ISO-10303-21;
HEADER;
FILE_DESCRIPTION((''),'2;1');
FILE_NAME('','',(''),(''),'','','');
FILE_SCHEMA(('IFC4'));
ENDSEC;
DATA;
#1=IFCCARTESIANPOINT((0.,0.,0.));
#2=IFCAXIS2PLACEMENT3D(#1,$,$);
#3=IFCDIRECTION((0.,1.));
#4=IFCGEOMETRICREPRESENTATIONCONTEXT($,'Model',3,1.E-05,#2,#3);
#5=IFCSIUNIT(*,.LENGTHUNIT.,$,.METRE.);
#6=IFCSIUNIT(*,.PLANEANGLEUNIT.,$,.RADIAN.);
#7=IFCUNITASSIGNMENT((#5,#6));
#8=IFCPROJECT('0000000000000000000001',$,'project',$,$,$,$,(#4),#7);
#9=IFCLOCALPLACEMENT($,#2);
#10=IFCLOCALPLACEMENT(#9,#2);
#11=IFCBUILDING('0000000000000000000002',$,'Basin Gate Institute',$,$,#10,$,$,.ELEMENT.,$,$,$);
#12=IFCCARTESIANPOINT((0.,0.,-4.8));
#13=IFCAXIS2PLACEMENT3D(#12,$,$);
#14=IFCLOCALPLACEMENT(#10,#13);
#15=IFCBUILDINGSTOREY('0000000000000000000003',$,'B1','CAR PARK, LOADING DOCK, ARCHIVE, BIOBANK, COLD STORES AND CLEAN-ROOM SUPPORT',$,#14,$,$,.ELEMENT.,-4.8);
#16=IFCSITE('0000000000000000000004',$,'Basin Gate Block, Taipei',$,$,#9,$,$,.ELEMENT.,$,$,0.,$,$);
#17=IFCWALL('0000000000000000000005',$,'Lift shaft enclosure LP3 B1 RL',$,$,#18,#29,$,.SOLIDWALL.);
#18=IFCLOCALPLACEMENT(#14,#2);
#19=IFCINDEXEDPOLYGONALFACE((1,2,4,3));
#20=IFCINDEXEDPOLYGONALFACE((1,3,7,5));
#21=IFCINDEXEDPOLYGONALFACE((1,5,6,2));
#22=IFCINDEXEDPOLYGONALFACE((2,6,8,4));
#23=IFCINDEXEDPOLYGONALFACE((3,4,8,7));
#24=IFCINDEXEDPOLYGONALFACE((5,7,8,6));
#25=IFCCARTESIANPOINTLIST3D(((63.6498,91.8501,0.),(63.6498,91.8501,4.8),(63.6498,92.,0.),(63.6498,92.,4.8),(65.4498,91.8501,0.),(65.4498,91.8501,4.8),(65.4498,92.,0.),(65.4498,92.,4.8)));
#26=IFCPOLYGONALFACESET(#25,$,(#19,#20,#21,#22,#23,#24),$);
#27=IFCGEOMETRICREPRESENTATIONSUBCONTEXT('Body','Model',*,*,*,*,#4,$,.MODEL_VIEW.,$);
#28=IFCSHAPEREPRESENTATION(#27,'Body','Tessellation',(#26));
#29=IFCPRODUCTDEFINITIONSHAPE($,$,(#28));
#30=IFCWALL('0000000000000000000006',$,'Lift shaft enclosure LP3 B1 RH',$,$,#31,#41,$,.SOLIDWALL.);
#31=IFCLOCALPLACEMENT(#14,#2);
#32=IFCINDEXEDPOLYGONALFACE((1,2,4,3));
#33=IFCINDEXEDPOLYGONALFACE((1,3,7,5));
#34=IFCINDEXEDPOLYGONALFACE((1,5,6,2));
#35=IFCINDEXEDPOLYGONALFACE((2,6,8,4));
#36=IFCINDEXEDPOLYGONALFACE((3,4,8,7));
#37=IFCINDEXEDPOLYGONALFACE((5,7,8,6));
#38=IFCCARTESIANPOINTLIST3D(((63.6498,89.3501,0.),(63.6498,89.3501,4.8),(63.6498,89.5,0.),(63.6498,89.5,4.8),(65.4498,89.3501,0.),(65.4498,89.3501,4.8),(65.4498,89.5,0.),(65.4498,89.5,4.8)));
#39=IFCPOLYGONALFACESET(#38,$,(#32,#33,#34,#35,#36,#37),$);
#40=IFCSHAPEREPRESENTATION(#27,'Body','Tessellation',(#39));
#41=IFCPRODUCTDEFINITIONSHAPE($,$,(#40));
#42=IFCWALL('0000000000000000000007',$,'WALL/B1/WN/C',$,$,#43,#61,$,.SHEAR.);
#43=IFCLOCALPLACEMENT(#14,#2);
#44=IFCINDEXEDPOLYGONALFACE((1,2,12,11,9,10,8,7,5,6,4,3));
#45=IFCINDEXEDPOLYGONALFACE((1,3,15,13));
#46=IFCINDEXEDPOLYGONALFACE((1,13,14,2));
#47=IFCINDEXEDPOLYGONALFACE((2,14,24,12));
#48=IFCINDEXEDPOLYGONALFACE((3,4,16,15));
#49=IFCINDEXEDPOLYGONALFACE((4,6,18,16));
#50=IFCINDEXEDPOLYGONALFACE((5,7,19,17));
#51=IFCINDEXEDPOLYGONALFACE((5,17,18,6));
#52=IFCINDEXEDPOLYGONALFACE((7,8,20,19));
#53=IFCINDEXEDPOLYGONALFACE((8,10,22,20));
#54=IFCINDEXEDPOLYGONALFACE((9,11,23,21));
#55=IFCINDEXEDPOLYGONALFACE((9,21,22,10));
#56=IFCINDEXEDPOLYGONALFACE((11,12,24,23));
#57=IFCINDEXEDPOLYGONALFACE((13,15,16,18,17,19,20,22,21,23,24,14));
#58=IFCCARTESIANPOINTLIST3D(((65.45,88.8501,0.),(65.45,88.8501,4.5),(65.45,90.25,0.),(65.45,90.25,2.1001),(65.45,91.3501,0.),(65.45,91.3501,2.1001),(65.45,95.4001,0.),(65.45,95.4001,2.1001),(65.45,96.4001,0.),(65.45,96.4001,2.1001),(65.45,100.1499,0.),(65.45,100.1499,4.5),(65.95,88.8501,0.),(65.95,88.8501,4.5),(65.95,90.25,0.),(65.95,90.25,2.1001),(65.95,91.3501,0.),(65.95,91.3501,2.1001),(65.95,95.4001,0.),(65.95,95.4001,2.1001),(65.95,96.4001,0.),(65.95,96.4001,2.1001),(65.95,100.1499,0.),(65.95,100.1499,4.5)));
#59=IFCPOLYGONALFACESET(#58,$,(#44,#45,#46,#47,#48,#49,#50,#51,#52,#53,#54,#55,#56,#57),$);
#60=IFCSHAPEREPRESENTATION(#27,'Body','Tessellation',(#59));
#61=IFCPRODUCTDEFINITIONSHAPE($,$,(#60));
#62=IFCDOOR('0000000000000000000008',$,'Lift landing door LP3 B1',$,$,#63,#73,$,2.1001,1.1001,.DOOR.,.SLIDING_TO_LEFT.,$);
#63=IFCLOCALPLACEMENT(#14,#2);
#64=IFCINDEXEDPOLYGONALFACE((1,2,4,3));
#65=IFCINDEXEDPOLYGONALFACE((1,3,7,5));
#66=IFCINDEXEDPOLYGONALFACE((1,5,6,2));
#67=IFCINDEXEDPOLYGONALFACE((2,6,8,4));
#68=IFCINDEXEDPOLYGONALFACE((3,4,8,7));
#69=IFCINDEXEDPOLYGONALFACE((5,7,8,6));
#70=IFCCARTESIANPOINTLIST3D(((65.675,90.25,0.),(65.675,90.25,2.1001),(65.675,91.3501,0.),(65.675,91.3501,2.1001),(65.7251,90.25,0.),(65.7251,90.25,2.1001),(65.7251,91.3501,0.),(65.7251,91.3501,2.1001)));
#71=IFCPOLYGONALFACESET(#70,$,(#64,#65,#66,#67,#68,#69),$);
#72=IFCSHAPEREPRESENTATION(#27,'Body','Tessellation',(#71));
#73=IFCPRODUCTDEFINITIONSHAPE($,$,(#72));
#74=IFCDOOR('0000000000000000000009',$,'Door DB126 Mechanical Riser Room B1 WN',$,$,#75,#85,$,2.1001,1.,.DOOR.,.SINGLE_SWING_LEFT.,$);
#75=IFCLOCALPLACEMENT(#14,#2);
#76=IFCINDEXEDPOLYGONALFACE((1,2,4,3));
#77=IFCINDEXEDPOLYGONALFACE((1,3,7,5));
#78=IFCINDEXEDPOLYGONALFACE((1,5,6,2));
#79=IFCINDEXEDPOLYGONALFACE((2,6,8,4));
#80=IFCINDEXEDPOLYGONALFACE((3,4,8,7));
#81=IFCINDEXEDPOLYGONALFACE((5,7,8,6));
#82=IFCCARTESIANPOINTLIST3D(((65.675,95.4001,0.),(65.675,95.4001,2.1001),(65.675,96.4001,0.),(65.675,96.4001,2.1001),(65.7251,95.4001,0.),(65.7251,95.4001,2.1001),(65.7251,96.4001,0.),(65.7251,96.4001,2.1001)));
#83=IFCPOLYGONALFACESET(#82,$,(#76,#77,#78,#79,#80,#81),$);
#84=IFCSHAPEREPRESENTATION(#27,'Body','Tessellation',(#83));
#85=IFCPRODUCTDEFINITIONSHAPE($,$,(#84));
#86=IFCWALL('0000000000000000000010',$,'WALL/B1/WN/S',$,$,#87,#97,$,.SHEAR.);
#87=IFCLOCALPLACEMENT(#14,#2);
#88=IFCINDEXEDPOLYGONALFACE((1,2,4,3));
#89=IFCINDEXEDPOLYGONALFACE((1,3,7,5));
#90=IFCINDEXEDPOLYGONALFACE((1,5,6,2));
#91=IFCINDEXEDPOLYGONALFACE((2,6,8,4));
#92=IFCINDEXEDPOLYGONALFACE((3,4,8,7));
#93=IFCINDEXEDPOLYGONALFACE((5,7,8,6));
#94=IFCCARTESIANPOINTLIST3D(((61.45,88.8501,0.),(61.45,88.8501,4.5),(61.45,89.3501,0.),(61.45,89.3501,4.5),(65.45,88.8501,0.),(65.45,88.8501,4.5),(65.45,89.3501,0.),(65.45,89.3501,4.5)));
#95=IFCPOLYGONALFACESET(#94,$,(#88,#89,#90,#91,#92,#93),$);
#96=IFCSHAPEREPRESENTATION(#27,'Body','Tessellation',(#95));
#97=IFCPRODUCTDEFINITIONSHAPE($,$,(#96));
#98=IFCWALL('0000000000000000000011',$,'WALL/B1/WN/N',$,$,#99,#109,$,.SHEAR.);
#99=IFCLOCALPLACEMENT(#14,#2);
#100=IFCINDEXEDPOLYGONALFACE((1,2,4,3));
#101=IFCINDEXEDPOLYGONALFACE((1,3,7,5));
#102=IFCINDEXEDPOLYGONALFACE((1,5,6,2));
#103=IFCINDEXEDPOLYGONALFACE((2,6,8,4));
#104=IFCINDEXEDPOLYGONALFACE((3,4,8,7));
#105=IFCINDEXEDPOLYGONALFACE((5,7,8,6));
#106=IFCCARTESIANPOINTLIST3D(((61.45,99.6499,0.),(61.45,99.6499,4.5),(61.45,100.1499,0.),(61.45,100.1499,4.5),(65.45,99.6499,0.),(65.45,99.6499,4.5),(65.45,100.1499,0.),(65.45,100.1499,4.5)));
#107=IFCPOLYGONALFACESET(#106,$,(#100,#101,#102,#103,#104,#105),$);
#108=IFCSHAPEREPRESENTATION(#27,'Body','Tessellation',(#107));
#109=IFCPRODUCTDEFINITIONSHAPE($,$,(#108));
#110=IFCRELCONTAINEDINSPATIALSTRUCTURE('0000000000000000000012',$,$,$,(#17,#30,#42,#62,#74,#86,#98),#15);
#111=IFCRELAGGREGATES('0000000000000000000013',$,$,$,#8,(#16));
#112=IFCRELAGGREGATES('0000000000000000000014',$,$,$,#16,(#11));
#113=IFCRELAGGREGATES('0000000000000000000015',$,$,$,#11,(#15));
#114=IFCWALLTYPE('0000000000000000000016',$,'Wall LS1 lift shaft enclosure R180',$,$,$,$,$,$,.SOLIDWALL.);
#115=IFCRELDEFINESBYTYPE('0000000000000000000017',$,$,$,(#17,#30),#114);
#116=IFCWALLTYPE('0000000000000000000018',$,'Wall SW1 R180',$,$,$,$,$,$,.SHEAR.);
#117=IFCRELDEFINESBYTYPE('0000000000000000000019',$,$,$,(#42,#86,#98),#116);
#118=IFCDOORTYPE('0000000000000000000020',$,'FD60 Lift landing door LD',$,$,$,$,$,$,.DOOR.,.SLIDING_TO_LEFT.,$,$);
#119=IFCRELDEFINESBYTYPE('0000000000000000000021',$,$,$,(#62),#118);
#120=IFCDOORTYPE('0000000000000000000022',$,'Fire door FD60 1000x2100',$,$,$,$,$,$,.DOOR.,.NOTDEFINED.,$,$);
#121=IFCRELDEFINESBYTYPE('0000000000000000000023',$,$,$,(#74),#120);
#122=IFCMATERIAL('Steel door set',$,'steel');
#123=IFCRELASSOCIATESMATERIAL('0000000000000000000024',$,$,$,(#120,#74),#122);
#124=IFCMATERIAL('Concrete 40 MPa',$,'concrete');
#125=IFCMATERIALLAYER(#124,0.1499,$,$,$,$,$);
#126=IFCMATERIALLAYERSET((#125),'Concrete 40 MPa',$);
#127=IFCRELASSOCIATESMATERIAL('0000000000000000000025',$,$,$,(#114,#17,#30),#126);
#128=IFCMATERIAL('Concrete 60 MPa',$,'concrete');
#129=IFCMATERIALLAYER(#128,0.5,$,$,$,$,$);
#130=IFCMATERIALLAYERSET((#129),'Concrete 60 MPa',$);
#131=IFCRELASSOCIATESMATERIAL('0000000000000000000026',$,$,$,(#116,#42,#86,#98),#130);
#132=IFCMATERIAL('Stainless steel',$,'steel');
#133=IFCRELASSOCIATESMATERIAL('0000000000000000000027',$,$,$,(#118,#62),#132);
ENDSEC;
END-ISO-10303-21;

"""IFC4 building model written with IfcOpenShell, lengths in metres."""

from ifc_helpers import new_model, si_unit, direction, frame, frame_2d, origin, place, context, subcontext, project, spatial, rectangle, extrude, material, layer, layer_set, type_object, element, fill, save


model = new_model("IFC4")

# Units and contexts
model_context = context("Model", 3, precision=1e-05, world=origin(), true_north=direction((0.0, 1.0)))
body_context = subcontext(model_context, "Body", "Model", "MODEL_VIEW")
ifc_project = project(units=[si_unit("LENGTHUNIT", "METRE"), si_unit("PLANEANGLEUNIT", "RADIAN")], contexts=[model_context])

# Site, building, storey
site_placement = place(None, origin())
site = spatial("IfcSite", under=ifc_project, at=site_placement, Name="Basin Gate Block, Taipei", CompositionType="ELEMENT", RefElevation=0.0)
building_placement = place(site_placement, origin())
building = spatial("IfcBuilding", under=site, at=building_placement, Name="Basin Gate Institute", CompositionType="ELEMENT")
storey_placement = place(building_placement, frame((0.0, 0.0, -4.8)))
storey = spatial("IfcBuildingStorey", under=building, at=storey_placement, Name="B1", Description="CAR PARK, LOADING DOCK, ARCHIVE, BIOBANK, COLD STORES AND CLEAN-ROOM SUPPORT", CompositionType="ELEMENT", Elevation=-4.8)

# Shared definitions
ifc_material_1 = material(Name="Steel door set", Category="steel")
door_type_1 = type_object("IfcDoorType", Name="Fire door FD60 1000x2100", OperationType="NOTDEFINED", PredefinedType="DOOR", material=ifc_material_1)

# Walls
ifc_material_2 = material(Name="Concrete 40 MPa", Category="concrete")
ifc_layer_1 = layer(ifc_material_2, 0.1499)
ifc_layer_set_1 = layer_set([ifc_layer_1], Name="Concrete 40 MPa")
wall_type_1 = type_object("IfcWallType", Name="Wall LS1 lift shaft enclosure R180", PredefinedType="SOLIDWALL", material=ifc_layer_set_1)
for number, where, z_axis, x_axis, name in (
    (1, (63.6499, 91.925, 0.0), (0.0, 0.0, 1.0), (1.0, 0.0, 0.0), "Lift shaft enclosure LP3 B1 RL"),
    (2, (63.6499, 89.425, 0.0), (0.0, 0.0, 1.0), (1.0, 0.0, 0.0), "Lift shaft enclosure LP3 B1 RH"),
):
    element("IfcWall", number, at=place(storey_placement, frame(where, z_axis=z_axis, x_axis=x_axis)), inside=storey, type_object=wall_type_1, material=ifc_layer_set_1, Name=name, PredefinedType="SOLIDWALL", context=body_context, shape_type="SweptSolid", body=[
        extrude(rectangle(XDim=1.8, YDim=0.1499, at=frame_2d((0.8999, 0.0))), origin(), (0.0, 0.0, 1.0), 4.8),
    ])

# Wall, openings, doors
ifc_material_3 = material(Name="Concrete 60 MPa", Category="concrete")
ifc_layer_2 = layer(ifc_material_3, 0.5)
ifc_layer_set_2 = layer_set([ifc_layer_2], Name="Concrete 60 MPa")
wall_type_2 = type_object("IfcWallType", Name="Wall SW1 R180", PredefinedType="SHEAR", material=ifc_layer_set_2)
wall_1_placement = place(storey_placement, frame((65.7, 88.8501, 0.0), z_axis=(0.0, 0.0, 1.0), x_axis=(0.0, 1.0, 0.0)))
wall_1 = element("IfcWall", 3, at=wall_1_placement, inside=storey, type_object=wall_type_2, material=ifc_layer_set_2, Name="WALL/B1/WN/C", PredefinedType="SHEAR", context=body_context, shape_type="SweptSolid", body=[
    extrude(rectangle(XDim=11.2998, YDim=0.5, at=frame_2d((5.6499, 0.0))), origin(), (0.0, 0.0, 1.0), 4.5),
])
opening_1_placement = place(wall_1_placement, frame((1.3999, 0.0, 0.0)))
opening_1 = element("IfcOpeningElement", 4, at=opening_1_placement, cuts=wall_1, PredefinedType="OPENING", context=body_context, shape_type="SweptSolid", body=[
    extrude(rectangle(XDim=1.1001, YDim=2.1001, at=frame_2d((0.55, 1.05))), frame((0.0, 0.26, 0.0), z_axis=(0.0, -1.0, 0.0), x_axis=(1.0, 0.0, 0.0)), (0.0, 0.0, 1.0), 0.52),
])
opening_2_placement = place(wall_1_placement, frame((6.55, 0.0, 0.0)))
opening_2 = element("IfcOpeningElement", 5, at=opening_2_placement, cuts=wall_1, PredefinedType="OPENING", context=body_context, shape_type="SweptSolid", body=[
    extrude(rectangle(XDim=1.0, YDim=2.1001, at=frame_2d((0.5, 1.05))), frame((0.0, 0.26, 0.0), z_axis=(0.0, -1.0, 0.0), x_axis=(1.0, 0.0, 0.0)), (0.0, 0.0, 1.0), 0.52),
])
ifc_material_4 = material(Name="Stainless steel", Category="steel")
door_type_2 = type_object("IfcDoorType", Name="FD60 Lift landing door LD", OperationType="SLIDING_TO_LEFT", PredefinedType="DOOR", material=ifc_material_4)
door_1_placement = place(opening_1_placement, origin())
door_1 = element("IfcDoor", 6, at=door_1_placement, inside=storey, type_object=door_type_2, material=ifc_material_4, Name="Lift landing door LP3 B1", OperationType="SLIDING_TO_LEFT", OverallHeight=2.1001, OverallWidth=1.1001, PredefinedType="DOOR", context=body_context, shape_type="SweptSolid", body=[
    extrude(rectangle(XDim=1.1001, YDim=2.1001, at=frame_2d((0.55, 1.05))), frame((0.0, 0.0249, 0.0), z_axis=(0.0, -1.0, 0.0), x_axis=(1.0, 0.0, 0.0)), (0.0, 0.0, 1.0), 0.05),
])
fill(opening_1, door_1)
door_2_placement = place(opening_2_placement, origin())
door_2 = element("IfcDoor", 7, at=door_2_placement, inside=storey, type_object=door_type_1, material=ifc_material_1, Name="Door DB126 Mechanical Riser Room B1 WN", OperationType="SINGLE_SWING_LEFT", OverallHeight=2.1001, OverallWidth=1.0, PredefinedType="DOOR", context=body_context, shape_type="SweptSolid", body=[
    extrude(rectangle(XDim=1.0, YDim=2.1001, at=frame_2d((0.5, 1.05))), frame((0.0, 0.0249, 0.0), z_axis=(0.0, -1.0, 0.0), x_axis=(1.0, 0.0, 0.0)), (0.0, 0.0, 1.0), 0.05),
])
fill(opening_2, door_2)

# Walls
for number, where, z_axis, x_axis, name in (
    (8, (61.45, 89.1001, 0.0), (0.0, 0.0, 1.0), (1.0, 0.0, 0.0), "WALL/B1/WN/S"),
    (9, (61.45, 99.8999, 0.0), (0.0, 0.0, 1.0), (1.0, 0.0, 0.0), "WALL/B1/WN/N"),
):
    element("IfcWall", number, at=place(storey_placement, frame(where, z_axis=z_axis, x_axis=x_axis)), inside=storey, type_object=wall_type_2, material=ifc_layer_set_2, Name=name, PredefinedType="SHEAR", context=body_context, shape_type="SweptSolid", body=[
        extrude(rectangle(XDim=4.0, YDim=0.5, at=frame_2d((2.0, 0.0))), origin(), (0.0, 0.0, 1.0), 4.5),
    ])

save(model, "model.ifc")
